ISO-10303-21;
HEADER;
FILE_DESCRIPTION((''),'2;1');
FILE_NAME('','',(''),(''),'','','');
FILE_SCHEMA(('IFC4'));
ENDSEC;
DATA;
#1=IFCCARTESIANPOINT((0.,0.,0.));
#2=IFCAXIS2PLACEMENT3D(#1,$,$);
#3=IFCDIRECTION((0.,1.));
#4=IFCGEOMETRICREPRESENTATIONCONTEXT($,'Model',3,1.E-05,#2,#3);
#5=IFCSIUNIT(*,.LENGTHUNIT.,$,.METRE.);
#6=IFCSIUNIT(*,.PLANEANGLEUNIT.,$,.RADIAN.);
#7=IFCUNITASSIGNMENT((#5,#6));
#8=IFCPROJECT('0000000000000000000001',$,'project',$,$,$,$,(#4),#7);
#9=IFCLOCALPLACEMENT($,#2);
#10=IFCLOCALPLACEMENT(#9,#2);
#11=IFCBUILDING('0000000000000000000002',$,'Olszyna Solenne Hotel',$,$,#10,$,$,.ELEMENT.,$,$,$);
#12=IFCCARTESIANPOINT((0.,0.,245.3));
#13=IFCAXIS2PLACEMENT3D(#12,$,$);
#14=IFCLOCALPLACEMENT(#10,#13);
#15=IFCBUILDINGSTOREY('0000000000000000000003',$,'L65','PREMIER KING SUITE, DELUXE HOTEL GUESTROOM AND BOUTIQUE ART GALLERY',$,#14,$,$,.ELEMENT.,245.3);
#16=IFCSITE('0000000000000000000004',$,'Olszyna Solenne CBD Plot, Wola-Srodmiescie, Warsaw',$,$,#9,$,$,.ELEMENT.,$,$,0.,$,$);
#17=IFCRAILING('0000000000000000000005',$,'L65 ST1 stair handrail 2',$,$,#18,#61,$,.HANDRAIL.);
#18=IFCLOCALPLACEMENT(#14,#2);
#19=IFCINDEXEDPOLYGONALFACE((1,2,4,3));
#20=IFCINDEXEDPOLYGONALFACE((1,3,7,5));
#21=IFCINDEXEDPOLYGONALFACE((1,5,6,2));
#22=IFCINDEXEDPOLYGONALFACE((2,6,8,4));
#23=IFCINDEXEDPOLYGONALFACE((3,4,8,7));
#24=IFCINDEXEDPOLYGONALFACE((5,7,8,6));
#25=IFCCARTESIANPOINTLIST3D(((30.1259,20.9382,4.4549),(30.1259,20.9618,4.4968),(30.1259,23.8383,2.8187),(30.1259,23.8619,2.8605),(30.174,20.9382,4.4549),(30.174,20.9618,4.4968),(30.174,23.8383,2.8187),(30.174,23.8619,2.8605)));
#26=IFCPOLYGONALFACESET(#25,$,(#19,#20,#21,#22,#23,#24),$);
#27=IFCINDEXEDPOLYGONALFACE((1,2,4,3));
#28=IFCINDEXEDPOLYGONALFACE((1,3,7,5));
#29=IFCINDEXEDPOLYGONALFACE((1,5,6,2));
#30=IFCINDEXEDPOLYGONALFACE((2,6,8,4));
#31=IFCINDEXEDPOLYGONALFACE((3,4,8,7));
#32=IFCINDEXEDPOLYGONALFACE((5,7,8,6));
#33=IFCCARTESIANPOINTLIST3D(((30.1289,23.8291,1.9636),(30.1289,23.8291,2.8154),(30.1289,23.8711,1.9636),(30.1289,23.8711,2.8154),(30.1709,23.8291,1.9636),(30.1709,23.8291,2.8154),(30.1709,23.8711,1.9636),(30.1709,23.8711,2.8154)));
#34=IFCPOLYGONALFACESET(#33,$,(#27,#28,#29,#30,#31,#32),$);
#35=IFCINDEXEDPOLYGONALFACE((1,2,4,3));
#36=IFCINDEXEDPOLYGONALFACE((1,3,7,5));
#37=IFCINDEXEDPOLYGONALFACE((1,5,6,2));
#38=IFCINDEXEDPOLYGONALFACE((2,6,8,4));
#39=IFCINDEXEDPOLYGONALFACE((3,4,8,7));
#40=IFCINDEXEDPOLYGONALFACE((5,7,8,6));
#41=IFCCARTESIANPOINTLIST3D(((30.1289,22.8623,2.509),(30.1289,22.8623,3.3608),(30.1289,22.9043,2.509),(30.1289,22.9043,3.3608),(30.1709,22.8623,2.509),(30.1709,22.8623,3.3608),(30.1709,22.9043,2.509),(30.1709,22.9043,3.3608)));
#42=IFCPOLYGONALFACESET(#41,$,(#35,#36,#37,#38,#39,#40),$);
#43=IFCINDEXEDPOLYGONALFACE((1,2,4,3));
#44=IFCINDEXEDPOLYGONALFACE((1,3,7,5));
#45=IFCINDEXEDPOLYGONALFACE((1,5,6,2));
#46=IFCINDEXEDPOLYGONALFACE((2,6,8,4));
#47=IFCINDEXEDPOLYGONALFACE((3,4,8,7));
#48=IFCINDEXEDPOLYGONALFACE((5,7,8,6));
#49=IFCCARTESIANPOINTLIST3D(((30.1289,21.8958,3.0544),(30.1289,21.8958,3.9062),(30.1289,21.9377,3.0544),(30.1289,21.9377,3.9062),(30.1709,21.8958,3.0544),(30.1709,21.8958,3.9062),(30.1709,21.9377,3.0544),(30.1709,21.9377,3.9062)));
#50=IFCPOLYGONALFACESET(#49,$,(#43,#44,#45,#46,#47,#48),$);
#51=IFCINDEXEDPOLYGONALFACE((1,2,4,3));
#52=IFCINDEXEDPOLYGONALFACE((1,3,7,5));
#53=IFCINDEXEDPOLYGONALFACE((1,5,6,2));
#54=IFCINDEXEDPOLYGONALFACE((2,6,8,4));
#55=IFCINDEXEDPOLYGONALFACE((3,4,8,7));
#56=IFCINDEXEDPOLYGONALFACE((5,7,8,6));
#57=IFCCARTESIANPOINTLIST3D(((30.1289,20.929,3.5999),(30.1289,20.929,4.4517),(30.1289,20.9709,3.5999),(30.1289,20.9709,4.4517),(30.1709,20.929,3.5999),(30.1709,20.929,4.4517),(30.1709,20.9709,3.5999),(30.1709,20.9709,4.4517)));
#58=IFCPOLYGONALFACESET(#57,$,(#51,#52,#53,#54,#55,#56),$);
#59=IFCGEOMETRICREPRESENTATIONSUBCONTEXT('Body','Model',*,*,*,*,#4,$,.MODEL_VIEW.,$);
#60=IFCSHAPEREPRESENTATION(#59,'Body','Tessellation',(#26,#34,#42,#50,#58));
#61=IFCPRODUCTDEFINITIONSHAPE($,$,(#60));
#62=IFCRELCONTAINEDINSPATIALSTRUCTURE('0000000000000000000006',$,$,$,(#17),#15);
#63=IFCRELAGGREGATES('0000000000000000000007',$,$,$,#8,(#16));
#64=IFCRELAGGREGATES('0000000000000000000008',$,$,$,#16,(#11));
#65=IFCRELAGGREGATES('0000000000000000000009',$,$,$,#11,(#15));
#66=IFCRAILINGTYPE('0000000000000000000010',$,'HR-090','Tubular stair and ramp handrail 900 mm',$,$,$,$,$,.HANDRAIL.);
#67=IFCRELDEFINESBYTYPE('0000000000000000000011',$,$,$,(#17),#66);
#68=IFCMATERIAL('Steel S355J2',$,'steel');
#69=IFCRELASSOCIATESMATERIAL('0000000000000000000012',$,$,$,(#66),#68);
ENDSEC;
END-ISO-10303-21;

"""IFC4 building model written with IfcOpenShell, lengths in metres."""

from ifc_helpers import new_model, si_unit, direction, frame, origin, origin_2d, place, context, subcontext, project, spatial, rectangle, extrude, material, type_object, element, save


model = new_model("IFC4")

# Units and contexts
model_context = context("Model", 3, precision=1e-05, world=origin(), true_north=direction((0.0, 1.0)))
body_context = subcontext(model_context, "Body", "Model", "MODEL_VIEW")
ifc_project = project(units=[si_unit("LENGTHUNIT", "METRE"), si_unit("PLANEANGLEUNIT", "RADIAN")], contexts=[model_context])

# Site, building, storey
site_placement = place(None, origin())
site = spatial("IfcSite", under=ifc_project, at=site_placement, Name="Olszyna Solenne CBD Plot, Wola-Srodmiescie, Warsaw", CompositionType="ELEMENT", RefElevation=0.0)
building_placement = place(site_placement, origin())
building = spatial("IfcBuilding", under=site, at=building_placement, Name="Olszyna Solenne Hotel", CompositionType="ELEMENT")
storey_placement = place(building_placement, frame((0.0, 0.0, 245.3)))
storey = spatial("IfcBuildingStorey", under=building, at=storey_placement, Name="L65", Description="PREMIER KING SUITE, DELUXE HOTEL GUESTROOM AND BOUTIQUE ART GALLERY", CompositionType="ELEMENT", Elevation=245.3)

# Shared definitions
ifc_material_1 = material(Name="Steel S355J2", Category="steel")

# Railing
railing_type = type_object("IfcRailingType", Name="HR-090", Description="Tubular stair and ramp handrail 900 mm", PredefinedType="HANDRAIL", material=ifc_material_1)
railing_placement = place(storey_placement, frame((30.1499, 23.8501, 1.9636)))
element("IfcRailing", 1, at=railing_placement, inside=storey, type_object=railing_type, Name="L65 ST1 stair handrail 2", PredefinedType="HANDRAIL", context=body_context, shape_type="SweptSolid", body=[
    extrude(rectangle(XDim=0.0481, YDim=0.0481, at=origin_2d()), frame((0.0, 0.0, 0.876), z_axis=(0.0, -0.870946, 0.491378), x_axis=(1.0, 0.0, 0.0)), (0.0, 0.0, 1.0), 3.3298),
    extrude(rectangle(XDim=0.042, YDim=0.042, at=origin_2d()), origin(), (0.0, 0.0, 1.0), 0.8518),
    extrude(rectangle(XDim=0.042, YDim=0.042, at=origin_2d()), frame((0.0, -0.9668, 0.5454)), (0.0, 0.0, 1.0), 0.8518),
    extrude(rectangle(XDim=0.042, YDim=0.042, at=origin_2d()), frame((0.0, -1.9333, 1.0908)), (0.0, 0.0, 1.0), 0.8518),
    extrude(rectangle(XDim=0.042, YDim=0.042, at=origin_2d()), frame((0.0, -2.9001, 1.6362)), (0.0, 0.0, 1.0), 0.8518),
])

save(model, "model.ifc")
